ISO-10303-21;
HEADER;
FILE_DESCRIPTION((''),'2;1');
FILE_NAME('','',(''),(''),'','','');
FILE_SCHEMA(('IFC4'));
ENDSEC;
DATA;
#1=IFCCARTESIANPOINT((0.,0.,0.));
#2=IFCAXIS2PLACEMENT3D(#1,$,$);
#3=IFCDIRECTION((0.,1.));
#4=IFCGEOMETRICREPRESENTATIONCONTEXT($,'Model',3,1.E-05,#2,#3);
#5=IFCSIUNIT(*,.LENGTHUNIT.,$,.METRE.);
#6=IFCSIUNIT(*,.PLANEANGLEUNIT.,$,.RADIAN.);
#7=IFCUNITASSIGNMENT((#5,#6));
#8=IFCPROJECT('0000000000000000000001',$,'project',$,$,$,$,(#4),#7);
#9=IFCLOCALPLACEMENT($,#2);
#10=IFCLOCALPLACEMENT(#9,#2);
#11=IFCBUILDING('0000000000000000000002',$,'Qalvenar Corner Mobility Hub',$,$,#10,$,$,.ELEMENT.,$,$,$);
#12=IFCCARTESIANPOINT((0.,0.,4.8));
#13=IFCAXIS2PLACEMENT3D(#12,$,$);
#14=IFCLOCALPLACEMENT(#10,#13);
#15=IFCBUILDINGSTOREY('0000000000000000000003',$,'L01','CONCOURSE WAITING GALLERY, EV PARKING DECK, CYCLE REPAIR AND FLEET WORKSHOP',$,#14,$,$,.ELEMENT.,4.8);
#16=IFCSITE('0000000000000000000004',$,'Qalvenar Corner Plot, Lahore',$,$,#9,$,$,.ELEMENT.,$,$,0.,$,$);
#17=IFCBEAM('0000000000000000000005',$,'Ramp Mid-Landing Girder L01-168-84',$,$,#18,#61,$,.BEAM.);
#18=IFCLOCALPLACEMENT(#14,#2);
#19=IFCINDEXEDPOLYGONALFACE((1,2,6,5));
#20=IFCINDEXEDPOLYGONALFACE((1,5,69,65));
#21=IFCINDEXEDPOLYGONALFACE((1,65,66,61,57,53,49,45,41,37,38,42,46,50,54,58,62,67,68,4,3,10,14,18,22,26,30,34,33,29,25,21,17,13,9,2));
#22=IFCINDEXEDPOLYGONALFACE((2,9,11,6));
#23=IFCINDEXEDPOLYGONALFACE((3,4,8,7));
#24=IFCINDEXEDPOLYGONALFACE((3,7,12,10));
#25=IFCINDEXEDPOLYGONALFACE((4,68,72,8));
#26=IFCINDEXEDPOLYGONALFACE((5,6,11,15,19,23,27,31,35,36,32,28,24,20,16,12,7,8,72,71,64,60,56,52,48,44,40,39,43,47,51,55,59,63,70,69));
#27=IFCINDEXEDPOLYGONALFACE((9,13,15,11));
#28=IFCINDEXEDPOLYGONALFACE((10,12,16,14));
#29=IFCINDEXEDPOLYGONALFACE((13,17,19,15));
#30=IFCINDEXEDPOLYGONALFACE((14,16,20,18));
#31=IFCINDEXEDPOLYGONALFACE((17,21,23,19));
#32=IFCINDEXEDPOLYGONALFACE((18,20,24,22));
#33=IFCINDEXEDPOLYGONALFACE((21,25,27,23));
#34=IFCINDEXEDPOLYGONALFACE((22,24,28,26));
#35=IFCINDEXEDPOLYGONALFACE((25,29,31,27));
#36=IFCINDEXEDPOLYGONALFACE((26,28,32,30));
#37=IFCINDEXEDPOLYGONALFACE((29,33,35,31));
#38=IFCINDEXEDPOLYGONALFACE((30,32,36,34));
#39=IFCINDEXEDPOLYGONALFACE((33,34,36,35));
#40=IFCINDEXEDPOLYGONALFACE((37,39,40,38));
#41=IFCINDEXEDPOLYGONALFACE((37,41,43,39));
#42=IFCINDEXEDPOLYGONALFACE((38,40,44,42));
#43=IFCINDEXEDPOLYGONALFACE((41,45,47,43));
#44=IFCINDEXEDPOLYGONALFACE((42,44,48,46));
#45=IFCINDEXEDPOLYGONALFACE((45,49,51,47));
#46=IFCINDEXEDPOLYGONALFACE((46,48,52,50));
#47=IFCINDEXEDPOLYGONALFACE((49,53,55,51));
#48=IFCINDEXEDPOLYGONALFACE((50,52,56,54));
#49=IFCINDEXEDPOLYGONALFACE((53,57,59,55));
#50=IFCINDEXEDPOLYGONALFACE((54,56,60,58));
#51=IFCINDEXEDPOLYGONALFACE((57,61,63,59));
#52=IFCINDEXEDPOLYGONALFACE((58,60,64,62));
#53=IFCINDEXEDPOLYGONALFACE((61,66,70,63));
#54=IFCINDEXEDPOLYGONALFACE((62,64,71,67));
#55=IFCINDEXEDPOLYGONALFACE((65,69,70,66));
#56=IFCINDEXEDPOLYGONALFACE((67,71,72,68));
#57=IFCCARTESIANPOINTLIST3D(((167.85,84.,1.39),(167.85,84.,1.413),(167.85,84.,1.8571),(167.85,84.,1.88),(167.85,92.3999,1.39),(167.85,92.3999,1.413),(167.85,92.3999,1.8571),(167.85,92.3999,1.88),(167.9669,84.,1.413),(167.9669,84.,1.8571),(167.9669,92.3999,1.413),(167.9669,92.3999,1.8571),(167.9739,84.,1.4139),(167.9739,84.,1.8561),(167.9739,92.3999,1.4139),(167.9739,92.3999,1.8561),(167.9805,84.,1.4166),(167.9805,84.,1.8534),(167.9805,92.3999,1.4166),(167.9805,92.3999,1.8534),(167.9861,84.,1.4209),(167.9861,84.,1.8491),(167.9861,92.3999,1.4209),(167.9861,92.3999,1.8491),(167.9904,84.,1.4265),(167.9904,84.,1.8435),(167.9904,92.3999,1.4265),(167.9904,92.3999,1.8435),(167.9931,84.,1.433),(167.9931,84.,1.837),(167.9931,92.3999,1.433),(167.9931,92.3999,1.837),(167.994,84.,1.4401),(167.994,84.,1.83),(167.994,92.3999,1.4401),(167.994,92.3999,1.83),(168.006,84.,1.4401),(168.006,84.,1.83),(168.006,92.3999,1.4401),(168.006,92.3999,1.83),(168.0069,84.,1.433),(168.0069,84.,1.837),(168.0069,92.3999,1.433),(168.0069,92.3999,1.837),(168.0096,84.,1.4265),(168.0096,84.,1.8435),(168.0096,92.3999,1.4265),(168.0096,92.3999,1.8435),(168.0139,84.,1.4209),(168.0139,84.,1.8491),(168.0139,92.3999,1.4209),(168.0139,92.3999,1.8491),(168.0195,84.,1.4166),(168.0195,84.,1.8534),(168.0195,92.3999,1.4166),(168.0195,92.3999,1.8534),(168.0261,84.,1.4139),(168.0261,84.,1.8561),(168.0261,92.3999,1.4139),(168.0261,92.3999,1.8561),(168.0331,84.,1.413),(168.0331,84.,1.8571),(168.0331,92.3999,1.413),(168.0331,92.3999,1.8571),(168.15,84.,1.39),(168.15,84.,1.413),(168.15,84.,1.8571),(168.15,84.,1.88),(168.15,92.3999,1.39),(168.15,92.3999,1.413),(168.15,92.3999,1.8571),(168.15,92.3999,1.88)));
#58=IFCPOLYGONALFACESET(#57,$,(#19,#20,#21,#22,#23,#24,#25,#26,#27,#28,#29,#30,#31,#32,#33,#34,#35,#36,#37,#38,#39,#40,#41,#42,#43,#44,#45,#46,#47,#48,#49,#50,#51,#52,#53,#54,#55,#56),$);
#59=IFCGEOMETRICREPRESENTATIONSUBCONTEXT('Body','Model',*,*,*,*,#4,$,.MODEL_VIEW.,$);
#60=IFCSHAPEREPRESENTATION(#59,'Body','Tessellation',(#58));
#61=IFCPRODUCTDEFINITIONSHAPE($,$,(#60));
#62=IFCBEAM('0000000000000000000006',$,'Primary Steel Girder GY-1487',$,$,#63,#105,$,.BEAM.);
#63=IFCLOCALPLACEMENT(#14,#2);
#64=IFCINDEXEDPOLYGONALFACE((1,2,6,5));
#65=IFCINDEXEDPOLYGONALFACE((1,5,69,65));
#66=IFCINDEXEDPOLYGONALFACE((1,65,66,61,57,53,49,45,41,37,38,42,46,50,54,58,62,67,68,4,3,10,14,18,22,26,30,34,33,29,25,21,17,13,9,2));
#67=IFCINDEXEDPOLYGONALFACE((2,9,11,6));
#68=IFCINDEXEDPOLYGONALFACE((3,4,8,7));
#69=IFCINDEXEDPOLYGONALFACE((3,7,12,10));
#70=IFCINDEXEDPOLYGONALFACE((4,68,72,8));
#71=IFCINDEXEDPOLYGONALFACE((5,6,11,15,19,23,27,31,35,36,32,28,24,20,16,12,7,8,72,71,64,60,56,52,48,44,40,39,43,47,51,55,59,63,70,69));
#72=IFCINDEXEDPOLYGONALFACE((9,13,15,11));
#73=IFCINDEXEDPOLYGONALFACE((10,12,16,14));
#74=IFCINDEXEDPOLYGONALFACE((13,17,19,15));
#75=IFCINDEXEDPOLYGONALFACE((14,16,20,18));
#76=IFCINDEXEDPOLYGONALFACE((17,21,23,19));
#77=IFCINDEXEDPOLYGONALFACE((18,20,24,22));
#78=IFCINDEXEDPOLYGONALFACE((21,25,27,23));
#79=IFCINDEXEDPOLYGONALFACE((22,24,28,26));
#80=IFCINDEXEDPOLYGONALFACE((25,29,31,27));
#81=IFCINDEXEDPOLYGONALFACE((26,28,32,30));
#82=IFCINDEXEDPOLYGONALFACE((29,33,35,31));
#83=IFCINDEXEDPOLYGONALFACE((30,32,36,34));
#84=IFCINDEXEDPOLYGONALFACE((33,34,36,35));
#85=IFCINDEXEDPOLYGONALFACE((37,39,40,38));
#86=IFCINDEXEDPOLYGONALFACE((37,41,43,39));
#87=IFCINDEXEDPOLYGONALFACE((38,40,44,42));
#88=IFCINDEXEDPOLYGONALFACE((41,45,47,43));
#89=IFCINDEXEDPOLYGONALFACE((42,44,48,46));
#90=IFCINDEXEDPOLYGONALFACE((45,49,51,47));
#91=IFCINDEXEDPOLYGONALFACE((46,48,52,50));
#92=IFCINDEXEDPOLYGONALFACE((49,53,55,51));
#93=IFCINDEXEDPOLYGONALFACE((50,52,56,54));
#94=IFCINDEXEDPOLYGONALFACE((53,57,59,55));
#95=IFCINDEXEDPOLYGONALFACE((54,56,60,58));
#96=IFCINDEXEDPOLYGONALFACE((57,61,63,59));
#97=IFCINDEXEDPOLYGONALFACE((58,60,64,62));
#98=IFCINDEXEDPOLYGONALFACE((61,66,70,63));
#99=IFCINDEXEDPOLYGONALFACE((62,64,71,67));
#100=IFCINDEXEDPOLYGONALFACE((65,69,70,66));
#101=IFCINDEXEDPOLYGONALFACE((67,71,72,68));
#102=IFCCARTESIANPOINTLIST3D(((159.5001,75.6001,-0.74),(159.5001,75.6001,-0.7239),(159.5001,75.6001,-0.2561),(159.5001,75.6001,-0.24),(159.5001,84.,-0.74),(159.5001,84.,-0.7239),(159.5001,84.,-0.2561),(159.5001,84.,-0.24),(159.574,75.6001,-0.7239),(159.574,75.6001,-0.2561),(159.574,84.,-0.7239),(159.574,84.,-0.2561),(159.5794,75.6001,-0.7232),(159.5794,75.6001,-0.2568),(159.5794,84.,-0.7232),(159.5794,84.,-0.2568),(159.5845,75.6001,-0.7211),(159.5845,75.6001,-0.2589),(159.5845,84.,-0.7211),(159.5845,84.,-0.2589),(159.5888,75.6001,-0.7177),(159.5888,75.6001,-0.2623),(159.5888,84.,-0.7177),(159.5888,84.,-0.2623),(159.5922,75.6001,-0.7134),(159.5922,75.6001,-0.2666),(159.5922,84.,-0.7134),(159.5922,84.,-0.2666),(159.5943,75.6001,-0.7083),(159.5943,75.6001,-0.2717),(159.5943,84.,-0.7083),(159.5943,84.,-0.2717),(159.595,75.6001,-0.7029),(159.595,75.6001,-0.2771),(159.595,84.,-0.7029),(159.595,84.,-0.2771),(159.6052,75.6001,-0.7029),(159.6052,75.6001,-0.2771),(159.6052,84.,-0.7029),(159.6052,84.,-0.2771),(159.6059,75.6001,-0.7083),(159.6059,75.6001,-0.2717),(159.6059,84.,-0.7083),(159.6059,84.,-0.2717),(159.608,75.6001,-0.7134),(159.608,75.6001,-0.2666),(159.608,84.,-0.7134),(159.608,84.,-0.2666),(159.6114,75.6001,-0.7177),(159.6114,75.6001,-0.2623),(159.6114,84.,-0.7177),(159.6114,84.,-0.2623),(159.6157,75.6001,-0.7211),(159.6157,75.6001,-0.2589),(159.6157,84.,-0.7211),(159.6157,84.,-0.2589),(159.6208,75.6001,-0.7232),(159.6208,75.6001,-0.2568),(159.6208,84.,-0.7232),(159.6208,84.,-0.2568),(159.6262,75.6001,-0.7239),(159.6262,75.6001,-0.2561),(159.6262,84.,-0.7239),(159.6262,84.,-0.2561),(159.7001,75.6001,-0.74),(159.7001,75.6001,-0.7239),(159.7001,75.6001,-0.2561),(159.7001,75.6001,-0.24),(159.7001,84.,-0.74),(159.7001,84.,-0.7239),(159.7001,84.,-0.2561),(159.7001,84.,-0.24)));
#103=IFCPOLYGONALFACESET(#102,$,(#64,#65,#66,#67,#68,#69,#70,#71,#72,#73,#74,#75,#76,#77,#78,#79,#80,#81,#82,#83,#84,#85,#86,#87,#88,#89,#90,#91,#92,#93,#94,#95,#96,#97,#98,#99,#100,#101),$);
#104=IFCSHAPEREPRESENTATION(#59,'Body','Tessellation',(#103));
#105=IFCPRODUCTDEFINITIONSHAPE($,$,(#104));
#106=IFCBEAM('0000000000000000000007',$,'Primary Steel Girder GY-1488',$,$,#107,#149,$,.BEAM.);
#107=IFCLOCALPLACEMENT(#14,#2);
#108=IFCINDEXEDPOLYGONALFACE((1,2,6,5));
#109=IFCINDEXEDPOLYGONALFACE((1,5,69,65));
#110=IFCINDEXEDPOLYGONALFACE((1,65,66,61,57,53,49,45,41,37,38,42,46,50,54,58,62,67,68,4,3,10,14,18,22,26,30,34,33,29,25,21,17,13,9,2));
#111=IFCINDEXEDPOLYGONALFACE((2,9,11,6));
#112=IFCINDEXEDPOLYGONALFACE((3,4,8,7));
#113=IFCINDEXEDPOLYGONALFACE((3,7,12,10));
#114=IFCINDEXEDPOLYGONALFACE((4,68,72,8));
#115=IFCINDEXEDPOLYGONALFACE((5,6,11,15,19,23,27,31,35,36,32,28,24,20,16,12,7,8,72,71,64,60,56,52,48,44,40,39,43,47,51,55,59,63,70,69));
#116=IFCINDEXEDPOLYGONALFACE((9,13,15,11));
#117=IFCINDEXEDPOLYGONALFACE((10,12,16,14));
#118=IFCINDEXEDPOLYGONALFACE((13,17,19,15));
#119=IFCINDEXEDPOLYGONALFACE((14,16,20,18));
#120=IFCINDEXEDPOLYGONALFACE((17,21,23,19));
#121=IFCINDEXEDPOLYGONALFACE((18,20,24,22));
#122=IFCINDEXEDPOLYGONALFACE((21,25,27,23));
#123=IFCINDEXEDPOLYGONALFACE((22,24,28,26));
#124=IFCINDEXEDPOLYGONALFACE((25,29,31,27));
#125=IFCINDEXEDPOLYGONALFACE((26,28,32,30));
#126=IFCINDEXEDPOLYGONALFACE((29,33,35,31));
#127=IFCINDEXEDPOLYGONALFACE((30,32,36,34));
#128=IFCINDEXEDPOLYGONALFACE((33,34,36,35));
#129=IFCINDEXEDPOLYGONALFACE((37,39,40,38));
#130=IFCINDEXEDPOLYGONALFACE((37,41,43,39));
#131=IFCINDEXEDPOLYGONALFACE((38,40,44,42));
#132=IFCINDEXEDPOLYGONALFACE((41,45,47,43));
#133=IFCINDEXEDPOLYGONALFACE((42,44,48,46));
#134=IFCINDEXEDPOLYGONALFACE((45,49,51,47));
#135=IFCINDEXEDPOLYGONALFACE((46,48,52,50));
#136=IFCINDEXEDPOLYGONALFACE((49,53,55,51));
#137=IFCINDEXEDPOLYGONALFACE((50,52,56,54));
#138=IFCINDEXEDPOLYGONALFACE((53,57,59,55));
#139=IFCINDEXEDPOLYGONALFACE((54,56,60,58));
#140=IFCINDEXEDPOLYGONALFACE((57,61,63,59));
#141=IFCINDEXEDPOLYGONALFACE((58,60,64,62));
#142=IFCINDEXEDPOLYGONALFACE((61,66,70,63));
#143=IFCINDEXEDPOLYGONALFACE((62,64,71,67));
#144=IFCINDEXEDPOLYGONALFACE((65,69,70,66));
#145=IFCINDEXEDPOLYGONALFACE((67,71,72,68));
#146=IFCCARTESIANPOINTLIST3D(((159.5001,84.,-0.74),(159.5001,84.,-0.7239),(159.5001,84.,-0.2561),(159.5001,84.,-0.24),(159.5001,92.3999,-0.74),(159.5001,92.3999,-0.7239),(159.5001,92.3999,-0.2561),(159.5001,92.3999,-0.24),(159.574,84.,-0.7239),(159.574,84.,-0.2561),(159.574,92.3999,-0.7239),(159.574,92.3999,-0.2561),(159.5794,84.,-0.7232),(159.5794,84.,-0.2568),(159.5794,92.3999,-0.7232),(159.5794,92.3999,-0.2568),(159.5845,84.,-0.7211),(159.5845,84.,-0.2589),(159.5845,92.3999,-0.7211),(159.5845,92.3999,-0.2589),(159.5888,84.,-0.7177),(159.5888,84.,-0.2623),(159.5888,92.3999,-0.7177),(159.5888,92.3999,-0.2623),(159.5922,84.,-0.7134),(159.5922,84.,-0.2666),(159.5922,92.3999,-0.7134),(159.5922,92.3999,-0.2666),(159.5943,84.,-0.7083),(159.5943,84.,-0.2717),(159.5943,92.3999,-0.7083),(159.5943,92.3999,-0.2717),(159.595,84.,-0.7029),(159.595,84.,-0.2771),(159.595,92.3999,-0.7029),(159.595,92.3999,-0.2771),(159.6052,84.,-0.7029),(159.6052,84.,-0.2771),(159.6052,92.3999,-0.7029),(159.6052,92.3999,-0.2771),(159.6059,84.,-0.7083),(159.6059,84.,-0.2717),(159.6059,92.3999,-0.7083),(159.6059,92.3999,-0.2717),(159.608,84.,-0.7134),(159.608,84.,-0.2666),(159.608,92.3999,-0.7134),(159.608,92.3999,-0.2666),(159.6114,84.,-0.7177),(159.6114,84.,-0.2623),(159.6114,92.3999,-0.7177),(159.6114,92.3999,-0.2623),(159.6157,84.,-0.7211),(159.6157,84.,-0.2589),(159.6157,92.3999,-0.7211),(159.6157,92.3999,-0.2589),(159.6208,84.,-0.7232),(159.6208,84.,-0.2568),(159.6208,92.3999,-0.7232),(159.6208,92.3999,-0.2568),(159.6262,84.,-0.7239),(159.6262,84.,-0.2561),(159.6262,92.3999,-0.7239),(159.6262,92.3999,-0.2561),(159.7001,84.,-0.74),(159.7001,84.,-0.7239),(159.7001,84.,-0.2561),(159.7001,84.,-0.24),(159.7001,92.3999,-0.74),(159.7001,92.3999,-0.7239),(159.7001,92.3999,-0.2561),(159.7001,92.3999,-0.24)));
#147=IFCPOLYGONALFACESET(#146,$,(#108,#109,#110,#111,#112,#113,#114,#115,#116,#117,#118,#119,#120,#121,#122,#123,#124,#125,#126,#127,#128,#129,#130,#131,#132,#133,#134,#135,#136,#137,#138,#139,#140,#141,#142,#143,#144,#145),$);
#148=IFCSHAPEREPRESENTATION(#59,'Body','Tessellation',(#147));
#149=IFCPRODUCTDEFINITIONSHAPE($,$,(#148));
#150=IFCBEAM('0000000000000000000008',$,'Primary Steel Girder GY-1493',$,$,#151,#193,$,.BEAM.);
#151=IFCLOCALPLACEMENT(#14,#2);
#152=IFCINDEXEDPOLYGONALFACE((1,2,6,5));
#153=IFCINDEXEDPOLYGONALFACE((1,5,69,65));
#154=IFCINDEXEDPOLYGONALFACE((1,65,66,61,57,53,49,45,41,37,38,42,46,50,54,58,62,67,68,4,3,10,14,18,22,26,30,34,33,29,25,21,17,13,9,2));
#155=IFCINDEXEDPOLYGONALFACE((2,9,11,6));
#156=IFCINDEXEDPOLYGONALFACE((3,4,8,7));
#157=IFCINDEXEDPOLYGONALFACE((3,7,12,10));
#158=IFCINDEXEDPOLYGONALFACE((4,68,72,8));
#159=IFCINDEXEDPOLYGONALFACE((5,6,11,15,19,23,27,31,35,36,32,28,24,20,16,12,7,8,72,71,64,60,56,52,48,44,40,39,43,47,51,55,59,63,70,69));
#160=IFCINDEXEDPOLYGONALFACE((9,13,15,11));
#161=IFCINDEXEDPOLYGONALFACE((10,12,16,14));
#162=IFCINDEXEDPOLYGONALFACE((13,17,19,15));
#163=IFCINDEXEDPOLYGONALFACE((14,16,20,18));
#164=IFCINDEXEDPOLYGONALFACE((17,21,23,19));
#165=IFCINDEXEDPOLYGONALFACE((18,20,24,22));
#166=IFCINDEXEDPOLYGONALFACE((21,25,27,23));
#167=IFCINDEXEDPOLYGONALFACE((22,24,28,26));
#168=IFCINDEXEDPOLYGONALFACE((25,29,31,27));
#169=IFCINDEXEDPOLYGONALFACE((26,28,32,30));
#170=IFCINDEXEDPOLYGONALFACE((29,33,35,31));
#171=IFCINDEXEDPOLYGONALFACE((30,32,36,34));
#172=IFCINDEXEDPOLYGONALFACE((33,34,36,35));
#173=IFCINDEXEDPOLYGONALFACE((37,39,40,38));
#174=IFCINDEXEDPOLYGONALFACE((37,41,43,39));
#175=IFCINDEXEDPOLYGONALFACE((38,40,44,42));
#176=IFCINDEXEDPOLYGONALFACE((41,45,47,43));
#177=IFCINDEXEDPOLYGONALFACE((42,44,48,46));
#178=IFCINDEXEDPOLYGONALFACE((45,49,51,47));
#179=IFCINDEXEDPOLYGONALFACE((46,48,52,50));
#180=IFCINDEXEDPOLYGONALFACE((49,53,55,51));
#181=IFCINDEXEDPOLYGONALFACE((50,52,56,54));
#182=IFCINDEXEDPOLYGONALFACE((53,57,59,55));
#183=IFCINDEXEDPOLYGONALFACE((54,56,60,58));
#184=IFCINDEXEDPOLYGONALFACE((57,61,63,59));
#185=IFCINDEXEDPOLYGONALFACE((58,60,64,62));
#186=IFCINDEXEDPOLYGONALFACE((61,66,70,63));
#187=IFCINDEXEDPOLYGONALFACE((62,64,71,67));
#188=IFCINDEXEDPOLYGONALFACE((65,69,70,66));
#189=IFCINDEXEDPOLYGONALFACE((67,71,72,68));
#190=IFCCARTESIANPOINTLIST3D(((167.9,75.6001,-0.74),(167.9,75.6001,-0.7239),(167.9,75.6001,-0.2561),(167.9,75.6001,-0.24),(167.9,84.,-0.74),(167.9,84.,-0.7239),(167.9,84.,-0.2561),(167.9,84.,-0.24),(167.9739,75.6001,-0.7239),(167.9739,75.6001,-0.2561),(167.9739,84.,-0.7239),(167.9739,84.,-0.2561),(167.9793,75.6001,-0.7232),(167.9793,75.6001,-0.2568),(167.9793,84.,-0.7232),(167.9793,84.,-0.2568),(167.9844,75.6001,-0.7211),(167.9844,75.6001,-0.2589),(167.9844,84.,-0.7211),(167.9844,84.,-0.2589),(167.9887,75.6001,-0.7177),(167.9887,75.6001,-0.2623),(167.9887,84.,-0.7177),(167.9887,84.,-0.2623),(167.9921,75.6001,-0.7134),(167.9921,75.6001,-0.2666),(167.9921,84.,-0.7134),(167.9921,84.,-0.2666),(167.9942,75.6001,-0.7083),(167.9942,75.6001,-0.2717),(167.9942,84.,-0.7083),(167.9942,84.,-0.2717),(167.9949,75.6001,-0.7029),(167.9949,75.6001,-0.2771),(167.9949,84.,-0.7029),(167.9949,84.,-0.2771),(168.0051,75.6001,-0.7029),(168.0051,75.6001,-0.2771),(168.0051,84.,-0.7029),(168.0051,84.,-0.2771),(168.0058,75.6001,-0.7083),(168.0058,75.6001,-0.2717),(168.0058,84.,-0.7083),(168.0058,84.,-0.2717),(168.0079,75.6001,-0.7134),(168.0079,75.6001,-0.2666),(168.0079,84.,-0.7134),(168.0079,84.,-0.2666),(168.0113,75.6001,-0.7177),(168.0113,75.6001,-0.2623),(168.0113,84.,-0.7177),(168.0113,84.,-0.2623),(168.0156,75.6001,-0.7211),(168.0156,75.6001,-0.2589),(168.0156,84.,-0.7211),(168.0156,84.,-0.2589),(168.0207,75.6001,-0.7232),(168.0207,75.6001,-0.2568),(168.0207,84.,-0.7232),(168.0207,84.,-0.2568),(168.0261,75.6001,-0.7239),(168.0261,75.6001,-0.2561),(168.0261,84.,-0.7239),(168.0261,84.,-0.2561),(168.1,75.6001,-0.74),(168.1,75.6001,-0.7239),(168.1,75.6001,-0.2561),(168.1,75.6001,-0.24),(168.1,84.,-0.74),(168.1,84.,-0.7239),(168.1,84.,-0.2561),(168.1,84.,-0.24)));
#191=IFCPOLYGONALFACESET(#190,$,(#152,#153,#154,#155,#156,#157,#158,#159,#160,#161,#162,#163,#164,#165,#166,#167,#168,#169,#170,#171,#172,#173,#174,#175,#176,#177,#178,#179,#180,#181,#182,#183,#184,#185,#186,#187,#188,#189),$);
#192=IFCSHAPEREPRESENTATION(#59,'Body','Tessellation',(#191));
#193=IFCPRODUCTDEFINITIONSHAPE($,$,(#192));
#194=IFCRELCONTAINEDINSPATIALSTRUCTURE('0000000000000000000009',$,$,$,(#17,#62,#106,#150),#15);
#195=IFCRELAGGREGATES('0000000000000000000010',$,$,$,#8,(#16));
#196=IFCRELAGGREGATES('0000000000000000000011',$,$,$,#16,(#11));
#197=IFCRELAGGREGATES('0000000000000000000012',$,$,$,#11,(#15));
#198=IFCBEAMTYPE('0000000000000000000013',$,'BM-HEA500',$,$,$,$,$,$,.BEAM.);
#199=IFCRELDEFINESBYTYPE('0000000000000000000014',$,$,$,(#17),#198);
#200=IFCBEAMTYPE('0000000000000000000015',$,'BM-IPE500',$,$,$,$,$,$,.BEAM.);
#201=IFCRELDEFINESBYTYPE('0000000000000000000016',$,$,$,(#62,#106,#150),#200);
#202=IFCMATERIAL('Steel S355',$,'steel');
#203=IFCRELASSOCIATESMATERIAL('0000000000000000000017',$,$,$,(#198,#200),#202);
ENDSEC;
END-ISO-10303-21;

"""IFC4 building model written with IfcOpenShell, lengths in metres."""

from ifc_helpers import new_model, si_unit, direction, frame, origin, origin_2d, place, context, subcontext, project, spatial, i_section, extrude, material, material_profile, profile_set, type_object, element, save


model = new_model("IFC4")

# Units and contexts
model_context = context("Model", 3, precision=1e-05, world=origin(), true_north=direction((0.0, 1.0)))
body_context = subcontext(model_context, "Body", "Model", "MODEL_VIEW")
ifc_project = project(units=[si_unit("LENGTHUNIT", "METRE"), si_unit("PLANEANGLEUNIT", "RADIAN")], contexts=[model_context])

# Site, building, storey
site_placement = place(None, origin())
site = spatial("IfcSite", under=ifc_project, at=site_placement, Name="Qalvenar Corner Plot, Lahore", CompositionType="ELEMENT", RefElevation=0.0)
building_placement = place(site_placement, origin())
building = spatial("IfcBuilding", under=site, at=building_placement, Name="Qalvenar Corner Mobility Hub", CompositionType="ELEMENT")
storey_placement = place(building_placement, frame((0.0, 0.0, 4.8)))
storey = spatial("IfcBuildingStorey", under=building, at=storey_placement, Name="L01", Description="CONCOURSE WAITING GALLERY, EV PARKING DECK, CYCLE REPAIR AND FLEET WORKSHOP", CompositionType="ELEMENT", Elevation=4.8)

# Shared definitions
ifc_material_1 = material(Name="Steel S355", Category="steel")

# Beams
ifc_material_profile_1 = material_profile(ifc_material_1, i_section(OverallWidth=0.3, OverallDepth=0.49, WebThickness=0.012, FlangeThickness=0.0229, FilletRadius=0.0271, at=origin_2d()), Name="HEA500")
ifc_profile_set_1 = profile_set([ifc_material_profile_1], Name="Steel S355")
beam_type_1 = type_object("IfcBeamType", Name="BM-HEA500", PredefinedType="BEAM", material=ifc_profile_set_1)
for number, where, z_axis, x_axis, name in (
    (1, (168.0, 84.0, 1.635), (0.0, 1.0, 0.0), (-1.0, 0.0, 0.0), "Ramp Mid-Landing Girder L01-168-84"),
):
    element("IfcBeam", number, at=place(storey_placement, frame(where, z_axis=z_axis, x_axis=x_axis)), inside=storey, type_object=beam_type_1, Name=name, PredefinedType="BEAM", context=body_context, shape_type="SweptSolid", body=[
        extrude(i_section(OverallWidth=0.3, OverallDepth=0.49, WebThickness=0.012, FlangeThickness=0.0229, FilletRadius=0.0271, at=origin_2d()), origin(), (0.0, 0.0, 1.0), 8.3999),
    ])
ifc_material_profile_2 = material_profile(ifc_material_1, i_section(OverallWidth=0.2, OverallDepth=0.5, WebThickness=0.0103, FlangeThickness=0.0161, FilletRadius=0.021, at=origin_2d()), Name="IPE500")
ifc_profile_set_2 = profile_set([ifc_material_profile_2], Name="Steel S355")
beam_type_2 = type_object("IfcBeamType", Name="BM-IPE500", PredefinedType="BEAM", material=ifc_profile_set_2)
for number, where, z_axis, x_axis, name in (
    (2, (159.6001, 75.6001, -0.49), (0.0, 1.0, 0.0), (-1.0, 0.0, 0.0), "Primary Steel Girder GY-1487"),
    (3, (159.6001, 84.0, -0.49), (0.0, 1.0, 0.0), (-1.0, 0.0, 0.0), "Primary Steel Girder GY-1488"),
    (4, (168.0, 75.6001, -0.49), (0.0, 1.0, 0.0), (-1.0, 0.0, 0.0), "Primary Steel Girder GY-1493"),
):
    element("IfcBeam", number, at=place(storey_placement, frame(where, z_axis=z_axis, x_axis=x_axis)), inside=storey, type_object=beam_type_2, Name=name, PredefinedType="BEAM", context=body_context, shape_type="SweptSolid", body=[
        extrude(i_section(OverallWidth=0.2, OverallDepth=0.5, WebThickness=0.0103, FlangeThickness=0.0161, FilletRadius=0.021, at=origin_2d()), origin(), (0.0, 0.0, 1.0), 8.3999),
    ])

save(model, "model.ifc")
